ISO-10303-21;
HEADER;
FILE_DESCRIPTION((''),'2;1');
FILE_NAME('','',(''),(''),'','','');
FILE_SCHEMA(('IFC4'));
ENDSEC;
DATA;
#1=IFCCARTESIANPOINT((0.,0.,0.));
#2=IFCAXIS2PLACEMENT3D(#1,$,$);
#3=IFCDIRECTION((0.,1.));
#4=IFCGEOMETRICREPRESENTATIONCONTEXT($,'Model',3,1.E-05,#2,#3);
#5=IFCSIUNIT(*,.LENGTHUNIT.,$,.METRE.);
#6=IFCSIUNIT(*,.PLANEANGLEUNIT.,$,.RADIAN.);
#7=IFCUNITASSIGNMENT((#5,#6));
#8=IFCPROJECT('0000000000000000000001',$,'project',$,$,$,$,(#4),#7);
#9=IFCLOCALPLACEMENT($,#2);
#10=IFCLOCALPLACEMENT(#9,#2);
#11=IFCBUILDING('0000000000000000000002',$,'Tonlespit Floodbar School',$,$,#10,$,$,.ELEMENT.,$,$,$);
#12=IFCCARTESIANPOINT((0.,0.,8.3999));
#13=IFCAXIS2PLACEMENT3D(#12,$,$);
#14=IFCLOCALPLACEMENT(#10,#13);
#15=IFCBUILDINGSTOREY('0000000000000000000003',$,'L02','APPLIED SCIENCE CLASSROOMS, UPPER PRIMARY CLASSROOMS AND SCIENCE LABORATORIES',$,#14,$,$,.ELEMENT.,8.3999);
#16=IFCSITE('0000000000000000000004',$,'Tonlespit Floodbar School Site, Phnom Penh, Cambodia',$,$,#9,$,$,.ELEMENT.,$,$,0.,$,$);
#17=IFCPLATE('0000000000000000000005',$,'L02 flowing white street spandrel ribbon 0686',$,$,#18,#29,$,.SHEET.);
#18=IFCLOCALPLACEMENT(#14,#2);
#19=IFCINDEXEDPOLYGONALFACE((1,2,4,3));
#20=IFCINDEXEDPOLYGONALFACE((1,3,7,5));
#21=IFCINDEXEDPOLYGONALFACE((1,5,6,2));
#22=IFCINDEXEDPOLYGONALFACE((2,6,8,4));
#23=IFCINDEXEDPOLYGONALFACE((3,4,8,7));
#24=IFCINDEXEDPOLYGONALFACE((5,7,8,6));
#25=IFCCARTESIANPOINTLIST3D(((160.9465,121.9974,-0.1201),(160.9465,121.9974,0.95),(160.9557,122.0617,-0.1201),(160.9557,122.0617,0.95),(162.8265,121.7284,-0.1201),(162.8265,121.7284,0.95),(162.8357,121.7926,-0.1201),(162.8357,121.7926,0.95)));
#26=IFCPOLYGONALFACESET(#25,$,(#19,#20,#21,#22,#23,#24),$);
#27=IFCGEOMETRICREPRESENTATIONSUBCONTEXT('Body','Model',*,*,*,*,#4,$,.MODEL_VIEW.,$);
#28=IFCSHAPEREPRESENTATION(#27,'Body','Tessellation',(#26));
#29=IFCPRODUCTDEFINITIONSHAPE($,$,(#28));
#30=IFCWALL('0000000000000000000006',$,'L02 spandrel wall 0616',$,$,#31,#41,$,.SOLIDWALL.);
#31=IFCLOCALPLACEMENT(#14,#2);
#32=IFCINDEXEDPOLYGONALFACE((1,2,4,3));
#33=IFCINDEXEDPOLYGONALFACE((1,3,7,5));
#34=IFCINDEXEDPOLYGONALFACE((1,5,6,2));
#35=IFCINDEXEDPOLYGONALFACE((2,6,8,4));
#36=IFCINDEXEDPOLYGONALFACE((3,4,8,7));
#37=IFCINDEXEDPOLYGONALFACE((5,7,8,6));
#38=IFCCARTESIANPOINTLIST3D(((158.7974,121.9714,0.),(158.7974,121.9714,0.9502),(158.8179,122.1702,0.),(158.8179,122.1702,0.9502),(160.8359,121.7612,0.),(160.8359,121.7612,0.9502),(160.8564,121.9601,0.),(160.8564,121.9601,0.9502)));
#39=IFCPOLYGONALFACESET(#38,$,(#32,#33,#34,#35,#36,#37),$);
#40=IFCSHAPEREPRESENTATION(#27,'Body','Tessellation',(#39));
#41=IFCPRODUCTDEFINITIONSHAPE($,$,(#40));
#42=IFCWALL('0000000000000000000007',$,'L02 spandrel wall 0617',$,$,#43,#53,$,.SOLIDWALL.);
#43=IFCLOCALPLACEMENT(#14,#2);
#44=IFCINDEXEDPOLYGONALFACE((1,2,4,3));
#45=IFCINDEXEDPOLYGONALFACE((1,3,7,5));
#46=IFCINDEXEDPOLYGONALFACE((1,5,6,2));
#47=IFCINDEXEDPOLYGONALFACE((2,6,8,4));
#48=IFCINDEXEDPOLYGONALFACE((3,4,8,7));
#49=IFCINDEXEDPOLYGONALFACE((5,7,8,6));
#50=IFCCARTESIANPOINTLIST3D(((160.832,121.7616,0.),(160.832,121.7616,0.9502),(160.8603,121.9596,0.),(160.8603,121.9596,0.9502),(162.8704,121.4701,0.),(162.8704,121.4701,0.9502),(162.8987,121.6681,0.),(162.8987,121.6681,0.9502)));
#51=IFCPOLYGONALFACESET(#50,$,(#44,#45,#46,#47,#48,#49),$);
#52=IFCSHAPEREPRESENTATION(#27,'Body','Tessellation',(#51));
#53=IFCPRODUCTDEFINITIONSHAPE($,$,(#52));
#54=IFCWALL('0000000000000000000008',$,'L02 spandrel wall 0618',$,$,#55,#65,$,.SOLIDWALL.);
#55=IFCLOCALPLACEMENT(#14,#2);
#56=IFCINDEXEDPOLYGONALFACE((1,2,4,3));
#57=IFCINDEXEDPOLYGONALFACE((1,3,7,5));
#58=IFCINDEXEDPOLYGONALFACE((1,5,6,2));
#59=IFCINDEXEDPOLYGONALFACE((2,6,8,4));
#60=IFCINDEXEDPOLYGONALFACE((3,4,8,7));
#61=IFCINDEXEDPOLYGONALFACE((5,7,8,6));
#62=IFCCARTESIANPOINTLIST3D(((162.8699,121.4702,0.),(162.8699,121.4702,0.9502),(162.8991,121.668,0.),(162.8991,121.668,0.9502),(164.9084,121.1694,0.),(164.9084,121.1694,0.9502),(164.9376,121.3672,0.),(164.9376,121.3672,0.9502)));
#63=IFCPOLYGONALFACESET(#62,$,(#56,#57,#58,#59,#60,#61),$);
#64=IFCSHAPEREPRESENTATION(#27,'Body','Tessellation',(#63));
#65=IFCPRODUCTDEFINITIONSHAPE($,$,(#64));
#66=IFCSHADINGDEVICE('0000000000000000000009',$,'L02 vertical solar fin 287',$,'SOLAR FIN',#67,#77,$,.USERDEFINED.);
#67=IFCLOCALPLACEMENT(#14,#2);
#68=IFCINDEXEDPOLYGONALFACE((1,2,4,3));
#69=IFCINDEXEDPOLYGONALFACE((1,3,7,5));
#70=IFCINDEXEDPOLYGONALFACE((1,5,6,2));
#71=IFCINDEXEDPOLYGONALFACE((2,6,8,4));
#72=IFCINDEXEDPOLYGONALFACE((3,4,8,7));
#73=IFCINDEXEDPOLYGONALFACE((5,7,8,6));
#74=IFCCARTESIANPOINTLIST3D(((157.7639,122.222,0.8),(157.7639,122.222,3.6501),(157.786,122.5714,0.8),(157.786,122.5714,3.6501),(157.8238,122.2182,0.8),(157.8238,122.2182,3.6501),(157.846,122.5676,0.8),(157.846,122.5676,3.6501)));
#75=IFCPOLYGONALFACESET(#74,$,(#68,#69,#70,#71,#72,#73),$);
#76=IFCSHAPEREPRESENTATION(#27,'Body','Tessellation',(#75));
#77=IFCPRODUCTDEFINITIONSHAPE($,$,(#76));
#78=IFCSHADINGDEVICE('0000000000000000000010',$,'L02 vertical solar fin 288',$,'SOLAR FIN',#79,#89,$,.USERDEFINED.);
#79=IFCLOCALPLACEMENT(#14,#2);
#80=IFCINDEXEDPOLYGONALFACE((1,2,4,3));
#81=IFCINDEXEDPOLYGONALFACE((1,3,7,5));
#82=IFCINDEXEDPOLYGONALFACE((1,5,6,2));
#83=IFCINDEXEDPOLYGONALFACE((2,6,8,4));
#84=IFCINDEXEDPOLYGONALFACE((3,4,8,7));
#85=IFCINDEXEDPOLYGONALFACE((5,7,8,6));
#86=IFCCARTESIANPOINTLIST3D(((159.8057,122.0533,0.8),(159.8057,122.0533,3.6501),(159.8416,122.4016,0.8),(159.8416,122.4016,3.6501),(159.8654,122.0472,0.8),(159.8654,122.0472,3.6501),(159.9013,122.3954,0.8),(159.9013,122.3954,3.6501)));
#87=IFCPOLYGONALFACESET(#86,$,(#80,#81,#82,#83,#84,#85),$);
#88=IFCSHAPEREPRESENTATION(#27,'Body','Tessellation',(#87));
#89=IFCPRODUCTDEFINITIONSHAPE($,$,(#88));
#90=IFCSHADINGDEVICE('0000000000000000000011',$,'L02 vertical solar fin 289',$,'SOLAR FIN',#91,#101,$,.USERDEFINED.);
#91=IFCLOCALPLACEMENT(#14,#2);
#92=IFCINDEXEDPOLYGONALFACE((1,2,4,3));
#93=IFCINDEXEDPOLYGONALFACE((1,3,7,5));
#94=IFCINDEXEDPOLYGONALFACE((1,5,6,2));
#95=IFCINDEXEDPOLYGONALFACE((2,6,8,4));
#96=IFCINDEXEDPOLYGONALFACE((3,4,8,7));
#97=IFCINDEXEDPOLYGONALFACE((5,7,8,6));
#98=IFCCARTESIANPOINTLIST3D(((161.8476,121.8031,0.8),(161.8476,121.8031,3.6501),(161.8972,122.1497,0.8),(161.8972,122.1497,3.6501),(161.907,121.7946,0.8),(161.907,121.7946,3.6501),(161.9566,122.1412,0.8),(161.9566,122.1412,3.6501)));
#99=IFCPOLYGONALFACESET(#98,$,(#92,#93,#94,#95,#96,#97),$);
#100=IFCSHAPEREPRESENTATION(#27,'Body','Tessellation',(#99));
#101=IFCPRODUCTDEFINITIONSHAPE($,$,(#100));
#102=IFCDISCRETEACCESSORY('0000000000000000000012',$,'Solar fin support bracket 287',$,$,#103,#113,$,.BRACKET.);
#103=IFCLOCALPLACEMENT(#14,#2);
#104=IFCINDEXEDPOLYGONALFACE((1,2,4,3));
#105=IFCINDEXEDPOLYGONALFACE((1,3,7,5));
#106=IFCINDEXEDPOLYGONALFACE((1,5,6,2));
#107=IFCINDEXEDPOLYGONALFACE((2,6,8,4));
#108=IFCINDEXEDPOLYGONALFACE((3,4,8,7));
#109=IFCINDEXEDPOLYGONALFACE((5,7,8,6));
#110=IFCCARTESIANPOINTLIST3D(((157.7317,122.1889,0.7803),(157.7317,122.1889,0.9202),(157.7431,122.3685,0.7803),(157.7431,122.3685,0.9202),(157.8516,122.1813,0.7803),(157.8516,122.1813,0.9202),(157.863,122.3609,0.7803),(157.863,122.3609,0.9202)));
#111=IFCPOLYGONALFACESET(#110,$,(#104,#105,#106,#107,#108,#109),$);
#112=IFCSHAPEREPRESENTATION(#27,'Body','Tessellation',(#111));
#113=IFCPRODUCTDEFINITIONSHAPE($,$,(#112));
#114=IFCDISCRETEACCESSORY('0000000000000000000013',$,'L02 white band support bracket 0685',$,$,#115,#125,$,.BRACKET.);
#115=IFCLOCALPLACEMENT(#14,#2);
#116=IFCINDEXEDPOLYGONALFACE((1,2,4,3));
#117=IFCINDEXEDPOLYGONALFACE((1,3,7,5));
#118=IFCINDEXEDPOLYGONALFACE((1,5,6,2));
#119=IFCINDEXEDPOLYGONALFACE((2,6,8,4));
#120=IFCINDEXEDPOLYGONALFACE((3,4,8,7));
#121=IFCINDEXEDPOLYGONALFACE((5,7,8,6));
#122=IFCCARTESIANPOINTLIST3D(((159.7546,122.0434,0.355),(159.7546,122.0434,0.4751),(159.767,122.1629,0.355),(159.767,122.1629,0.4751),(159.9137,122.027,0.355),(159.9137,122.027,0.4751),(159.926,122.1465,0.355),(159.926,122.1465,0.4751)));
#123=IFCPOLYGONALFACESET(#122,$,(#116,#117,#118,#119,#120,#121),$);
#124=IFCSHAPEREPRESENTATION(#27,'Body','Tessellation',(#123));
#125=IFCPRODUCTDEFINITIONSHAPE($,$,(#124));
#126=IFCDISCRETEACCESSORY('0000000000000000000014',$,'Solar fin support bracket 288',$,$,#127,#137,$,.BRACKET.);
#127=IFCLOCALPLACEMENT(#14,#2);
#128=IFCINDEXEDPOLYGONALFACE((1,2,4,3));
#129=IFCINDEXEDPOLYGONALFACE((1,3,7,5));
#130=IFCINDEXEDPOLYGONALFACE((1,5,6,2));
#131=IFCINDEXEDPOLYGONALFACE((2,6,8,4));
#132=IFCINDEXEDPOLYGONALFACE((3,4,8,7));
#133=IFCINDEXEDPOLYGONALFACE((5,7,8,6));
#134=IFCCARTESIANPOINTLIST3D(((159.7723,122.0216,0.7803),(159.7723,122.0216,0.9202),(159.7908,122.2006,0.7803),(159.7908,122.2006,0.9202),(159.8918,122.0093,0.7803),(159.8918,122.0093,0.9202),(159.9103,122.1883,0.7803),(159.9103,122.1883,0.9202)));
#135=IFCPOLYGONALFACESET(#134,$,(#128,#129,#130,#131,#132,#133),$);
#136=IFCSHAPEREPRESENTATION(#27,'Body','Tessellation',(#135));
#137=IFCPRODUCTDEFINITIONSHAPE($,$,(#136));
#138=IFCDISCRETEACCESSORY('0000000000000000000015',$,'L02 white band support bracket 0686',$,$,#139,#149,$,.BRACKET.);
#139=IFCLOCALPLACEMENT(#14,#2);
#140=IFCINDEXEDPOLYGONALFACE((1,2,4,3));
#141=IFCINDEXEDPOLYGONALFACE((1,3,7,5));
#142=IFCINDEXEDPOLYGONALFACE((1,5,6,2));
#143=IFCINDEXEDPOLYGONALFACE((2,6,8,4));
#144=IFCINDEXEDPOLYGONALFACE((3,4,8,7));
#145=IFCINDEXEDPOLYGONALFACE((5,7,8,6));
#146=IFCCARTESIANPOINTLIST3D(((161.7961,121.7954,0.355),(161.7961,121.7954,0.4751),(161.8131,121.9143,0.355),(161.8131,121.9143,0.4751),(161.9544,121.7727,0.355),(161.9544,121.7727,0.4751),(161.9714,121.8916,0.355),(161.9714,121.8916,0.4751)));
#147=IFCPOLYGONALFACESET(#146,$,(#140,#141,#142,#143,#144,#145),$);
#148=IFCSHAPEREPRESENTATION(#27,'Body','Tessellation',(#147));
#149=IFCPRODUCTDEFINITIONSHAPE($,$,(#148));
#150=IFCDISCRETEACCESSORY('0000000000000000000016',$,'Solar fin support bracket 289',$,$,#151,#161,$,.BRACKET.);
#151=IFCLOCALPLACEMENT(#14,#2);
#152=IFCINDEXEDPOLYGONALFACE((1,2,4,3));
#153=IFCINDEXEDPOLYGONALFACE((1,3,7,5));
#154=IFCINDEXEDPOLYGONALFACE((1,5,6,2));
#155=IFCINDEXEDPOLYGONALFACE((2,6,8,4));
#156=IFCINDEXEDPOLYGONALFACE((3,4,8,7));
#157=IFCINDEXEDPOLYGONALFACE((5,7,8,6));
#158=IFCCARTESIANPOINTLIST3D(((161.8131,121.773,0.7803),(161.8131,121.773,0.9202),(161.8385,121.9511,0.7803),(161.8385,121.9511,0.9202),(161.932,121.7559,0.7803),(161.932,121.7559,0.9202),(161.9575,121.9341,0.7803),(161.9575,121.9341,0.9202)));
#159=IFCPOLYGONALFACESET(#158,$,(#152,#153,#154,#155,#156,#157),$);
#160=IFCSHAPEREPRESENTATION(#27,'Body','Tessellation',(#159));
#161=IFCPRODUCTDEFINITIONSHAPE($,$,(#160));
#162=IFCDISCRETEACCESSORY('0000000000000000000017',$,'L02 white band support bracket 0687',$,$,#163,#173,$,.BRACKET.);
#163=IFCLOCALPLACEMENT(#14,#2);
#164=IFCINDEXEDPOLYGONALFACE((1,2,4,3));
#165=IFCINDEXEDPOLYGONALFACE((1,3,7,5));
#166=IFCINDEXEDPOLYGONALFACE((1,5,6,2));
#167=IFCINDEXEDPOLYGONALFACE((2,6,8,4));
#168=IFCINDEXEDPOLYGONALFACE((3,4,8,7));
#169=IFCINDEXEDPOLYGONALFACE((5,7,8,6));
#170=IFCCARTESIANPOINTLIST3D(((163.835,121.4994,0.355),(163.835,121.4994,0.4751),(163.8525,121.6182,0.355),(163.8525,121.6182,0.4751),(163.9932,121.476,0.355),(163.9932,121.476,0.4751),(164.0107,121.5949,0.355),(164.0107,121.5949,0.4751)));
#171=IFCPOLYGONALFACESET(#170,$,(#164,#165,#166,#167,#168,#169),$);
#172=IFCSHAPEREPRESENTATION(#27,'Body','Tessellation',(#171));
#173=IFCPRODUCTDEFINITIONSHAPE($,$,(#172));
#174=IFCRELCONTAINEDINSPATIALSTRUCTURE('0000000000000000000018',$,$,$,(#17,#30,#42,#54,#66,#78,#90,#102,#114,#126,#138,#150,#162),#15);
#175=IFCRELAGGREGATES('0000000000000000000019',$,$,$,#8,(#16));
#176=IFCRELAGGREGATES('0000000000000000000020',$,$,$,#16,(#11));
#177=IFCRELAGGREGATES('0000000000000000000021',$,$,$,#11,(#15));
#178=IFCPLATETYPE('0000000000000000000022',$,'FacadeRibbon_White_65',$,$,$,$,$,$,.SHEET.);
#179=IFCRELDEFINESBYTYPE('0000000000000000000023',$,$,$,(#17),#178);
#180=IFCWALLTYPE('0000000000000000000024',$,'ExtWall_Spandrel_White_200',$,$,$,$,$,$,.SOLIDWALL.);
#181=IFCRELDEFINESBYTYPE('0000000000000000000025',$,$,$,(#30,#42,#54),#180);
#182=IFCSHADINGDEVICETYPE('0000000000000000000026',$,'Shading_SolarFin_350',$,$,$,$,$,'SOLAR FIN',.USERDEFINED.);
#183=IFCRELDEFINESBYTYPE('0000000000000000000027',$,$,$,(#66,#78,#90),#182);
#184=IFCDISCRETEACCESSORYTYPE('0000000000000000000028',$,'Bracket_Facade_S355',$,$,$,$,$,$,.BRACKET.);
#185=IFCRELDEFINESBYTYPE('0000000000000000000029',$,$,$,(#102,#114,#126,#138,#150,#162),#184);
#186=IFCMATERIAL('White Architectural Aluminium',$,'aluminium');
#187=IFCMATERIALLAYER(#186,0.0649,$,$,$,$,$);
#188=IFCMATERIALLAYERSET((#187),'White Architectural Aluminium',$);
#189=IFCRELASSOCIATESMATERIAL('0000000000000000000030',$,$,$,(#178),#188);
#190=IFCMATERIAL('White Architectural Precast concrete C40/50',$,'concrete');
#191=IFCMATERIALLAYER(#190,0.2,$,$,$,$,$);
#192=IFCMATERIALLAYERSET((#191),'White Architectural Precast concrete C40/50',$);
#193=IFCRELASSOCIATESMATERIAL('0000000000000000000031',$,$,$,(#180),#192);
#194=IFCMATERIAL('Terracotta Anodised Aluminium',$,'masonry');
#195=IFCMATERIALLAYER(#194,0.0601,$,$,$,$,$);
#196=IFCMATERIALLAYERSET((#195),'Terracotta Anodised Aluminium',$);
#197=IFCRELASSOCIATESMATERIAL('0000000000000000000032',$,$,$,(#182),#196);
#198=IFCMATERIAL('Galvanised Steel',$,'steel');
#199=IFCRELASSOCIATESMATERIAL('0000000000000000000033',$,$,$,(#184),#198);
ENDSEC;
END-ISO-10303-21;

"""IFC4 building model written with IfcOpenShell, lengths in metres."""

from ifc_helpers import new_model, si_unit, direction, frame, frame_2d, origin, origin_2d, place, context, subcontext, project, spatial, rectangle, extrude, material, layer, layer_set, type_object, element, save


model = new_model("IFC4")

# Units and contexts
model_context = context("Model", 3, precision=1e-05, world=origin(), true_north=direction((0.0, 1.0)))
body_context = subcontext(model_context, "Body", "Model", "MODEL_VIEW")
ifc_project = project(units=[si_unit("LENGTHUNIT", "METRE"), si_unit("PLANEANGLEUNIT", "RADIAN")], contexts=[model_context])

# Site, building, storey
site_placement = place(None, origin())
site = spatial("IfcSite", under=ifc_project, at=site_placement, Name="Tonlespit Floodbar School Site, Phnom Penh, Cambodia", CompositionType="ELEMENT", RefElevation=0.0)
building_placement = place(site_placement, origin())
building = spatial("IfcBuilding", under=site, at=building_placement, Name="Tonlespit Floodbar School", CompositionType="ELEMENT")
storey_placement = place(building_placement, frame((0.0, 0.0, 8.3999)))
storey = spatial("IfcBuildingStorey", under=building, at=storey_placement, Name="L02", Description="APPLIED SCIENCE CLASSROOMS, UPPER PRIMARY CLASSROOMS AND SCIENCE LABORATORIES", CompositionType="ELEMENT", Elevation=8.3999)

# Plate
ifc_material_1 = material(Name="White Architectural Aluminium", Category="aluminium")
ifc_layer_1 = layer(ifc_material_1, 0.0649)
ifc_layer_set_1 = layer_set([ifc_layer_1], Name="White Architectural Aluminium")
plate_type_1 = type_object("IfcPlateType", Name="FacadeRibbon_White_65", PredefinedType="SHEET", material=ifc_layer_set_1)
plate_1_placement = place(storey_placement, frame((161.8911, 121.895, -0.1201), z_axis=(0.0, 0.0, 1.0), x_axis=(0.989915, -0.14166, 0.0)))
element("IfcPlate", 1, at=plate_1_placement, inside=storey, type_object=plate_type_1, Name="L02 flowing white street spandrel ribbon 0686", PredefinedType="SHEET", context=body_context, shape_type="SweptSolid", body=[
    extrude(rectangle(XDim=1.8992, YDim=0.0649, at=origin_2d()), origin(), (0.0, 0.0, 1.0), 1.0701),
])

# Walls
ifc_material_2 = material(Name="White Architectural Precast concrete C40/50", Category="concrete")
ifc_layer_2 = layer(ifc_material_2, 0.2)
ifc_layer_set_2 = layer_set([ifc_layer_2], Name="White Architectural Precast concrete C40/50")
wall_type = type_object("IfcWallType", Name="ExtWall_Spandrel_White_200", PredefinedType="SOLIDWALL", material=ifc_layer_set_2)
wall_1_placement = place(storey_placement, frame((158.8076, 122.0708, 0.0), z_axis=(0.0, 0.0, 1.0), x_axis=(0.994726, -0.10257, 0.0)))
element("IfcWall", 2, at=wall_1_placement, inside=storey, type_object=wall_type, Name="L02 spandrel wall 0616", PredefinedType="SOLIDWALL", context=body_context, shape_type="SweptSolid", body=[
    extrude(rectangle(XDim=2.0493, YDim=0.2, at=frame_2d((1.0247, 0.0))), origin(), (0.0, 0.0, 1.0), 0.9502),
])
wall_2_placement = place(storey_placement, frame((160.8462, 121.8606, 0.0), z_axis=(0.0, 0.0, 1.0), x_axis=(0.989928, -0.141571, 0.0)))
element("IfcWall", 3, at=wall_2_placement, inside=storey, type_object=wall_type, Name="L02 spandrel wall 0617", PredefinedType="SOLIDWALL", context=body_context, shape_type="SweptSolid", body=[
    extrude(rectangle(XDim=2.0591, YDim=0.2, at=frame_2d((1.0295, 0.0))), origin(), (0.0, 0.0, 1.0), 0.9502),
])
wall_3_placement = place(storey_placement, frame((162.8845, 121.5691, 0.0), z_axis=(0.0, 0.0, 1.0), x_axis=(0.98929, -0.145965, 0.0)))
element("IfcWall", 4, at=wall_3_placement, inside=storey, type_object=wall_type, Name="L02 spandrel wall 0618", PredefinedType="SOLIDWALL", context=body_context, shape_type="SweptSolid", body=[
    extrude(rectangle(XDim=2.0605, YDim=0.2, at=frame_2d((1.0303, 0.0))), origin(), (0.0, 0.0, 1.0), 0.9502),
])

# Shading devices
ifc_material_3 = material(Name="Terracotta Anodised Aluminium", Category="masonry")
ifc_layer_3 = layer(ifc_material_3, 0.0601)
ifc_layer_set_3 = layer_set([ifc_layer_3], Name="Terracotta Anodised Aluminium")
shading_device_type = type_object("IfcShadingDeviceType", Name="Shading_SolarFin_350", ElementType="SOLAR FIN", PredefinedType="USERDEFINED", material=ifc_layer_set_3)
for number, where, z_axis, x_axis, name in (
    (5, (157.8049, 122.3948, 0.8), (0.0, 0.0, 1.0), (0.997997, -0.063254, 0.0), "L02 vertical solar fin 287"),
    (6, (159.8535, 122.2244, 0.8), (0.0, 0.0, 1.0), (0.994736, -0.102475, 0.0), "L02 vertical solar fin 288"),
    (7, (161.9021, 121.9722, 0.8), (0.0, 0.0, 1.0), (0.989915, -0.14166, 0.0), "L02 vertical solar fin 289"),
):
    element("IfcShadingDevice", number, at=place(storey_placement, frame(where, z_axis=z_axis, x_axis=x_axis)), inside=storey, type_object=shading_device_type, Name=name, ObjectType="SOLAR FIN", PredefinedType="USERDEFINED", context=body_context, shape_type="SweptSolid", body=[
        extrude(rectangle(XDim=0.0601, YDim=0.3501, at=origin_2d()), origin(), (0.0, 0.0, 1.0), 2.8501),
    ])

# Discrete accessories
ifc_material_4 = material(Name="Galvanised Steel", Category="steel")
discrete_accessory_type = type_object("IfcDiscreteAccessoryType", Name="Bracket_Facade_S355", PredefinedType="BRACKET", material=ifc_material_4)
discrete_accessory_1_placement = place(storey_placement, frame((157.7974, 122.2749, 0.7803), z_axis=(0.0, 0.0, 1.0), x_axis=(0.997997, -0.063254, 0.0)))
element("IfcDiscreteAccessory", 8, at=discrete_accessory_1_placement, inside=storey, type_object=discrete_accessory_type, Name="Solar fin support bracket 287", PredefinedType="BRACKET", context=body_context, shape_type="SweptSolid", body=[
    extrude(rectangle(XDim=0.1201, YDim=0.1799, at=origin_2d()), origin(), (0.0, 0.0, 1.0), 0.1399),
])
discrete_accessory_2_placement = place(storey_placement, frame((159.8403, 122.095, 0.355), z_axis=(0.0, 0.0, 1.0), x_axis=(0.994736, -0.102475, 0.0)))
element("IfcDiscreteAccessory", 9, at=discrete_accessory_2_placement, inside=storey, type_object=discrete_accessory_type, Name="L02 white band support bracket 0685", PredefinedType="BRACKET", context=body_context, shape_type="SweptSolid", body=[
    extrude(rectangle(XDim=0.1599, YDim=0.1201, at=origin_2d()), origin(), (0.0, 0.0, 1.0), 0.1201),
])
discrete_accessory_3_placement = place(storey_placement, frame((159.8413, 122.105, 0.7803), z_axis=(0.0, 0.0, 1.0), x_axis=(0.994736, -0.102475, 0.0)))
element("IfcDiscreteAccessory", 10, at=discrete_accessory_3_placement, inside=storey, type_object=discrete_accessory_type, Name="Solar fin support bracket 288", PredefinedType="BRACKET", context=body_context, shape_type="SweptSolid", body=[
    extrude(rectangle(XDim=0.1201, YDim=0.1799, at=origin_2d()), origin(), (0.0, 0.0, 1.0), 0.1399),
])
discrete_accessory_4_placement = place(storey_placement, frame((161.8838, 121.8435, 0.355), z_axis=(0.0, 0.0, 1.0), x_axis=(0.989915, -0.14166, 0.0)))
element("IfcDiscreteAccessory", 11, at=discrete_accessory_4_placement, inside=storey, type_object=discrete_accessory_type, Name="L02 white band support bracket 0686", PredefinedType="BRACKET", context=body_context, shape_type="SweptSolid", body=[
    extrude(rectangle(XDim=0.1599, YDim=0.1201, at=origin_2d()), origin(), (0.0, 0.0, 1.0), 0.1201),
])
discrete_accessory_5_placement = place(storey_placement, frame((161.8853, 121.8535, 0.7803), z_axis=(0.0, 0.0, 1.0), x_axis=(0.989915, -0.14166, 0.0)))
element("IfcDiscreteAccessory", 12, at=discrete_accessory_5_placement, inside=storey, type_object=discrete_accessory_type, Name="Solar fin support bracket 289", PredefinedType="BRACKET", context=body_context, shape_type="SweptSolid", body=[
    extrude(rectangle(XDim=0.1201, YDim=0.1799, at=origin_2d()), origin(), (0.0, 0.0, 1.0), 0.1399),
])
discrete_accessory_6_placement = place(storey_placement, frame((163.9229, 121.5471, 0.355), z_axis=(0.0, 0.0, 1.0), x_axis=(0.989288, -0.145979, 0.0)))
element("IfcDiscreteAccessory", 13, at=discrete_accessory_6_placement, inside=storey, type_object=discrete_accessory_type, Name="L02 white band support bracket 0687", PredefinedType="BRACKET", context=body_context, shape_type="SweptSolid", body=[
    extrude(rectangle(XDim=0.1599, YDim=0.1201, at=origin_2d()), origin(), (0.0, 0.0, 1.0), 0.1201),
])

save(model, "model.ifc")
